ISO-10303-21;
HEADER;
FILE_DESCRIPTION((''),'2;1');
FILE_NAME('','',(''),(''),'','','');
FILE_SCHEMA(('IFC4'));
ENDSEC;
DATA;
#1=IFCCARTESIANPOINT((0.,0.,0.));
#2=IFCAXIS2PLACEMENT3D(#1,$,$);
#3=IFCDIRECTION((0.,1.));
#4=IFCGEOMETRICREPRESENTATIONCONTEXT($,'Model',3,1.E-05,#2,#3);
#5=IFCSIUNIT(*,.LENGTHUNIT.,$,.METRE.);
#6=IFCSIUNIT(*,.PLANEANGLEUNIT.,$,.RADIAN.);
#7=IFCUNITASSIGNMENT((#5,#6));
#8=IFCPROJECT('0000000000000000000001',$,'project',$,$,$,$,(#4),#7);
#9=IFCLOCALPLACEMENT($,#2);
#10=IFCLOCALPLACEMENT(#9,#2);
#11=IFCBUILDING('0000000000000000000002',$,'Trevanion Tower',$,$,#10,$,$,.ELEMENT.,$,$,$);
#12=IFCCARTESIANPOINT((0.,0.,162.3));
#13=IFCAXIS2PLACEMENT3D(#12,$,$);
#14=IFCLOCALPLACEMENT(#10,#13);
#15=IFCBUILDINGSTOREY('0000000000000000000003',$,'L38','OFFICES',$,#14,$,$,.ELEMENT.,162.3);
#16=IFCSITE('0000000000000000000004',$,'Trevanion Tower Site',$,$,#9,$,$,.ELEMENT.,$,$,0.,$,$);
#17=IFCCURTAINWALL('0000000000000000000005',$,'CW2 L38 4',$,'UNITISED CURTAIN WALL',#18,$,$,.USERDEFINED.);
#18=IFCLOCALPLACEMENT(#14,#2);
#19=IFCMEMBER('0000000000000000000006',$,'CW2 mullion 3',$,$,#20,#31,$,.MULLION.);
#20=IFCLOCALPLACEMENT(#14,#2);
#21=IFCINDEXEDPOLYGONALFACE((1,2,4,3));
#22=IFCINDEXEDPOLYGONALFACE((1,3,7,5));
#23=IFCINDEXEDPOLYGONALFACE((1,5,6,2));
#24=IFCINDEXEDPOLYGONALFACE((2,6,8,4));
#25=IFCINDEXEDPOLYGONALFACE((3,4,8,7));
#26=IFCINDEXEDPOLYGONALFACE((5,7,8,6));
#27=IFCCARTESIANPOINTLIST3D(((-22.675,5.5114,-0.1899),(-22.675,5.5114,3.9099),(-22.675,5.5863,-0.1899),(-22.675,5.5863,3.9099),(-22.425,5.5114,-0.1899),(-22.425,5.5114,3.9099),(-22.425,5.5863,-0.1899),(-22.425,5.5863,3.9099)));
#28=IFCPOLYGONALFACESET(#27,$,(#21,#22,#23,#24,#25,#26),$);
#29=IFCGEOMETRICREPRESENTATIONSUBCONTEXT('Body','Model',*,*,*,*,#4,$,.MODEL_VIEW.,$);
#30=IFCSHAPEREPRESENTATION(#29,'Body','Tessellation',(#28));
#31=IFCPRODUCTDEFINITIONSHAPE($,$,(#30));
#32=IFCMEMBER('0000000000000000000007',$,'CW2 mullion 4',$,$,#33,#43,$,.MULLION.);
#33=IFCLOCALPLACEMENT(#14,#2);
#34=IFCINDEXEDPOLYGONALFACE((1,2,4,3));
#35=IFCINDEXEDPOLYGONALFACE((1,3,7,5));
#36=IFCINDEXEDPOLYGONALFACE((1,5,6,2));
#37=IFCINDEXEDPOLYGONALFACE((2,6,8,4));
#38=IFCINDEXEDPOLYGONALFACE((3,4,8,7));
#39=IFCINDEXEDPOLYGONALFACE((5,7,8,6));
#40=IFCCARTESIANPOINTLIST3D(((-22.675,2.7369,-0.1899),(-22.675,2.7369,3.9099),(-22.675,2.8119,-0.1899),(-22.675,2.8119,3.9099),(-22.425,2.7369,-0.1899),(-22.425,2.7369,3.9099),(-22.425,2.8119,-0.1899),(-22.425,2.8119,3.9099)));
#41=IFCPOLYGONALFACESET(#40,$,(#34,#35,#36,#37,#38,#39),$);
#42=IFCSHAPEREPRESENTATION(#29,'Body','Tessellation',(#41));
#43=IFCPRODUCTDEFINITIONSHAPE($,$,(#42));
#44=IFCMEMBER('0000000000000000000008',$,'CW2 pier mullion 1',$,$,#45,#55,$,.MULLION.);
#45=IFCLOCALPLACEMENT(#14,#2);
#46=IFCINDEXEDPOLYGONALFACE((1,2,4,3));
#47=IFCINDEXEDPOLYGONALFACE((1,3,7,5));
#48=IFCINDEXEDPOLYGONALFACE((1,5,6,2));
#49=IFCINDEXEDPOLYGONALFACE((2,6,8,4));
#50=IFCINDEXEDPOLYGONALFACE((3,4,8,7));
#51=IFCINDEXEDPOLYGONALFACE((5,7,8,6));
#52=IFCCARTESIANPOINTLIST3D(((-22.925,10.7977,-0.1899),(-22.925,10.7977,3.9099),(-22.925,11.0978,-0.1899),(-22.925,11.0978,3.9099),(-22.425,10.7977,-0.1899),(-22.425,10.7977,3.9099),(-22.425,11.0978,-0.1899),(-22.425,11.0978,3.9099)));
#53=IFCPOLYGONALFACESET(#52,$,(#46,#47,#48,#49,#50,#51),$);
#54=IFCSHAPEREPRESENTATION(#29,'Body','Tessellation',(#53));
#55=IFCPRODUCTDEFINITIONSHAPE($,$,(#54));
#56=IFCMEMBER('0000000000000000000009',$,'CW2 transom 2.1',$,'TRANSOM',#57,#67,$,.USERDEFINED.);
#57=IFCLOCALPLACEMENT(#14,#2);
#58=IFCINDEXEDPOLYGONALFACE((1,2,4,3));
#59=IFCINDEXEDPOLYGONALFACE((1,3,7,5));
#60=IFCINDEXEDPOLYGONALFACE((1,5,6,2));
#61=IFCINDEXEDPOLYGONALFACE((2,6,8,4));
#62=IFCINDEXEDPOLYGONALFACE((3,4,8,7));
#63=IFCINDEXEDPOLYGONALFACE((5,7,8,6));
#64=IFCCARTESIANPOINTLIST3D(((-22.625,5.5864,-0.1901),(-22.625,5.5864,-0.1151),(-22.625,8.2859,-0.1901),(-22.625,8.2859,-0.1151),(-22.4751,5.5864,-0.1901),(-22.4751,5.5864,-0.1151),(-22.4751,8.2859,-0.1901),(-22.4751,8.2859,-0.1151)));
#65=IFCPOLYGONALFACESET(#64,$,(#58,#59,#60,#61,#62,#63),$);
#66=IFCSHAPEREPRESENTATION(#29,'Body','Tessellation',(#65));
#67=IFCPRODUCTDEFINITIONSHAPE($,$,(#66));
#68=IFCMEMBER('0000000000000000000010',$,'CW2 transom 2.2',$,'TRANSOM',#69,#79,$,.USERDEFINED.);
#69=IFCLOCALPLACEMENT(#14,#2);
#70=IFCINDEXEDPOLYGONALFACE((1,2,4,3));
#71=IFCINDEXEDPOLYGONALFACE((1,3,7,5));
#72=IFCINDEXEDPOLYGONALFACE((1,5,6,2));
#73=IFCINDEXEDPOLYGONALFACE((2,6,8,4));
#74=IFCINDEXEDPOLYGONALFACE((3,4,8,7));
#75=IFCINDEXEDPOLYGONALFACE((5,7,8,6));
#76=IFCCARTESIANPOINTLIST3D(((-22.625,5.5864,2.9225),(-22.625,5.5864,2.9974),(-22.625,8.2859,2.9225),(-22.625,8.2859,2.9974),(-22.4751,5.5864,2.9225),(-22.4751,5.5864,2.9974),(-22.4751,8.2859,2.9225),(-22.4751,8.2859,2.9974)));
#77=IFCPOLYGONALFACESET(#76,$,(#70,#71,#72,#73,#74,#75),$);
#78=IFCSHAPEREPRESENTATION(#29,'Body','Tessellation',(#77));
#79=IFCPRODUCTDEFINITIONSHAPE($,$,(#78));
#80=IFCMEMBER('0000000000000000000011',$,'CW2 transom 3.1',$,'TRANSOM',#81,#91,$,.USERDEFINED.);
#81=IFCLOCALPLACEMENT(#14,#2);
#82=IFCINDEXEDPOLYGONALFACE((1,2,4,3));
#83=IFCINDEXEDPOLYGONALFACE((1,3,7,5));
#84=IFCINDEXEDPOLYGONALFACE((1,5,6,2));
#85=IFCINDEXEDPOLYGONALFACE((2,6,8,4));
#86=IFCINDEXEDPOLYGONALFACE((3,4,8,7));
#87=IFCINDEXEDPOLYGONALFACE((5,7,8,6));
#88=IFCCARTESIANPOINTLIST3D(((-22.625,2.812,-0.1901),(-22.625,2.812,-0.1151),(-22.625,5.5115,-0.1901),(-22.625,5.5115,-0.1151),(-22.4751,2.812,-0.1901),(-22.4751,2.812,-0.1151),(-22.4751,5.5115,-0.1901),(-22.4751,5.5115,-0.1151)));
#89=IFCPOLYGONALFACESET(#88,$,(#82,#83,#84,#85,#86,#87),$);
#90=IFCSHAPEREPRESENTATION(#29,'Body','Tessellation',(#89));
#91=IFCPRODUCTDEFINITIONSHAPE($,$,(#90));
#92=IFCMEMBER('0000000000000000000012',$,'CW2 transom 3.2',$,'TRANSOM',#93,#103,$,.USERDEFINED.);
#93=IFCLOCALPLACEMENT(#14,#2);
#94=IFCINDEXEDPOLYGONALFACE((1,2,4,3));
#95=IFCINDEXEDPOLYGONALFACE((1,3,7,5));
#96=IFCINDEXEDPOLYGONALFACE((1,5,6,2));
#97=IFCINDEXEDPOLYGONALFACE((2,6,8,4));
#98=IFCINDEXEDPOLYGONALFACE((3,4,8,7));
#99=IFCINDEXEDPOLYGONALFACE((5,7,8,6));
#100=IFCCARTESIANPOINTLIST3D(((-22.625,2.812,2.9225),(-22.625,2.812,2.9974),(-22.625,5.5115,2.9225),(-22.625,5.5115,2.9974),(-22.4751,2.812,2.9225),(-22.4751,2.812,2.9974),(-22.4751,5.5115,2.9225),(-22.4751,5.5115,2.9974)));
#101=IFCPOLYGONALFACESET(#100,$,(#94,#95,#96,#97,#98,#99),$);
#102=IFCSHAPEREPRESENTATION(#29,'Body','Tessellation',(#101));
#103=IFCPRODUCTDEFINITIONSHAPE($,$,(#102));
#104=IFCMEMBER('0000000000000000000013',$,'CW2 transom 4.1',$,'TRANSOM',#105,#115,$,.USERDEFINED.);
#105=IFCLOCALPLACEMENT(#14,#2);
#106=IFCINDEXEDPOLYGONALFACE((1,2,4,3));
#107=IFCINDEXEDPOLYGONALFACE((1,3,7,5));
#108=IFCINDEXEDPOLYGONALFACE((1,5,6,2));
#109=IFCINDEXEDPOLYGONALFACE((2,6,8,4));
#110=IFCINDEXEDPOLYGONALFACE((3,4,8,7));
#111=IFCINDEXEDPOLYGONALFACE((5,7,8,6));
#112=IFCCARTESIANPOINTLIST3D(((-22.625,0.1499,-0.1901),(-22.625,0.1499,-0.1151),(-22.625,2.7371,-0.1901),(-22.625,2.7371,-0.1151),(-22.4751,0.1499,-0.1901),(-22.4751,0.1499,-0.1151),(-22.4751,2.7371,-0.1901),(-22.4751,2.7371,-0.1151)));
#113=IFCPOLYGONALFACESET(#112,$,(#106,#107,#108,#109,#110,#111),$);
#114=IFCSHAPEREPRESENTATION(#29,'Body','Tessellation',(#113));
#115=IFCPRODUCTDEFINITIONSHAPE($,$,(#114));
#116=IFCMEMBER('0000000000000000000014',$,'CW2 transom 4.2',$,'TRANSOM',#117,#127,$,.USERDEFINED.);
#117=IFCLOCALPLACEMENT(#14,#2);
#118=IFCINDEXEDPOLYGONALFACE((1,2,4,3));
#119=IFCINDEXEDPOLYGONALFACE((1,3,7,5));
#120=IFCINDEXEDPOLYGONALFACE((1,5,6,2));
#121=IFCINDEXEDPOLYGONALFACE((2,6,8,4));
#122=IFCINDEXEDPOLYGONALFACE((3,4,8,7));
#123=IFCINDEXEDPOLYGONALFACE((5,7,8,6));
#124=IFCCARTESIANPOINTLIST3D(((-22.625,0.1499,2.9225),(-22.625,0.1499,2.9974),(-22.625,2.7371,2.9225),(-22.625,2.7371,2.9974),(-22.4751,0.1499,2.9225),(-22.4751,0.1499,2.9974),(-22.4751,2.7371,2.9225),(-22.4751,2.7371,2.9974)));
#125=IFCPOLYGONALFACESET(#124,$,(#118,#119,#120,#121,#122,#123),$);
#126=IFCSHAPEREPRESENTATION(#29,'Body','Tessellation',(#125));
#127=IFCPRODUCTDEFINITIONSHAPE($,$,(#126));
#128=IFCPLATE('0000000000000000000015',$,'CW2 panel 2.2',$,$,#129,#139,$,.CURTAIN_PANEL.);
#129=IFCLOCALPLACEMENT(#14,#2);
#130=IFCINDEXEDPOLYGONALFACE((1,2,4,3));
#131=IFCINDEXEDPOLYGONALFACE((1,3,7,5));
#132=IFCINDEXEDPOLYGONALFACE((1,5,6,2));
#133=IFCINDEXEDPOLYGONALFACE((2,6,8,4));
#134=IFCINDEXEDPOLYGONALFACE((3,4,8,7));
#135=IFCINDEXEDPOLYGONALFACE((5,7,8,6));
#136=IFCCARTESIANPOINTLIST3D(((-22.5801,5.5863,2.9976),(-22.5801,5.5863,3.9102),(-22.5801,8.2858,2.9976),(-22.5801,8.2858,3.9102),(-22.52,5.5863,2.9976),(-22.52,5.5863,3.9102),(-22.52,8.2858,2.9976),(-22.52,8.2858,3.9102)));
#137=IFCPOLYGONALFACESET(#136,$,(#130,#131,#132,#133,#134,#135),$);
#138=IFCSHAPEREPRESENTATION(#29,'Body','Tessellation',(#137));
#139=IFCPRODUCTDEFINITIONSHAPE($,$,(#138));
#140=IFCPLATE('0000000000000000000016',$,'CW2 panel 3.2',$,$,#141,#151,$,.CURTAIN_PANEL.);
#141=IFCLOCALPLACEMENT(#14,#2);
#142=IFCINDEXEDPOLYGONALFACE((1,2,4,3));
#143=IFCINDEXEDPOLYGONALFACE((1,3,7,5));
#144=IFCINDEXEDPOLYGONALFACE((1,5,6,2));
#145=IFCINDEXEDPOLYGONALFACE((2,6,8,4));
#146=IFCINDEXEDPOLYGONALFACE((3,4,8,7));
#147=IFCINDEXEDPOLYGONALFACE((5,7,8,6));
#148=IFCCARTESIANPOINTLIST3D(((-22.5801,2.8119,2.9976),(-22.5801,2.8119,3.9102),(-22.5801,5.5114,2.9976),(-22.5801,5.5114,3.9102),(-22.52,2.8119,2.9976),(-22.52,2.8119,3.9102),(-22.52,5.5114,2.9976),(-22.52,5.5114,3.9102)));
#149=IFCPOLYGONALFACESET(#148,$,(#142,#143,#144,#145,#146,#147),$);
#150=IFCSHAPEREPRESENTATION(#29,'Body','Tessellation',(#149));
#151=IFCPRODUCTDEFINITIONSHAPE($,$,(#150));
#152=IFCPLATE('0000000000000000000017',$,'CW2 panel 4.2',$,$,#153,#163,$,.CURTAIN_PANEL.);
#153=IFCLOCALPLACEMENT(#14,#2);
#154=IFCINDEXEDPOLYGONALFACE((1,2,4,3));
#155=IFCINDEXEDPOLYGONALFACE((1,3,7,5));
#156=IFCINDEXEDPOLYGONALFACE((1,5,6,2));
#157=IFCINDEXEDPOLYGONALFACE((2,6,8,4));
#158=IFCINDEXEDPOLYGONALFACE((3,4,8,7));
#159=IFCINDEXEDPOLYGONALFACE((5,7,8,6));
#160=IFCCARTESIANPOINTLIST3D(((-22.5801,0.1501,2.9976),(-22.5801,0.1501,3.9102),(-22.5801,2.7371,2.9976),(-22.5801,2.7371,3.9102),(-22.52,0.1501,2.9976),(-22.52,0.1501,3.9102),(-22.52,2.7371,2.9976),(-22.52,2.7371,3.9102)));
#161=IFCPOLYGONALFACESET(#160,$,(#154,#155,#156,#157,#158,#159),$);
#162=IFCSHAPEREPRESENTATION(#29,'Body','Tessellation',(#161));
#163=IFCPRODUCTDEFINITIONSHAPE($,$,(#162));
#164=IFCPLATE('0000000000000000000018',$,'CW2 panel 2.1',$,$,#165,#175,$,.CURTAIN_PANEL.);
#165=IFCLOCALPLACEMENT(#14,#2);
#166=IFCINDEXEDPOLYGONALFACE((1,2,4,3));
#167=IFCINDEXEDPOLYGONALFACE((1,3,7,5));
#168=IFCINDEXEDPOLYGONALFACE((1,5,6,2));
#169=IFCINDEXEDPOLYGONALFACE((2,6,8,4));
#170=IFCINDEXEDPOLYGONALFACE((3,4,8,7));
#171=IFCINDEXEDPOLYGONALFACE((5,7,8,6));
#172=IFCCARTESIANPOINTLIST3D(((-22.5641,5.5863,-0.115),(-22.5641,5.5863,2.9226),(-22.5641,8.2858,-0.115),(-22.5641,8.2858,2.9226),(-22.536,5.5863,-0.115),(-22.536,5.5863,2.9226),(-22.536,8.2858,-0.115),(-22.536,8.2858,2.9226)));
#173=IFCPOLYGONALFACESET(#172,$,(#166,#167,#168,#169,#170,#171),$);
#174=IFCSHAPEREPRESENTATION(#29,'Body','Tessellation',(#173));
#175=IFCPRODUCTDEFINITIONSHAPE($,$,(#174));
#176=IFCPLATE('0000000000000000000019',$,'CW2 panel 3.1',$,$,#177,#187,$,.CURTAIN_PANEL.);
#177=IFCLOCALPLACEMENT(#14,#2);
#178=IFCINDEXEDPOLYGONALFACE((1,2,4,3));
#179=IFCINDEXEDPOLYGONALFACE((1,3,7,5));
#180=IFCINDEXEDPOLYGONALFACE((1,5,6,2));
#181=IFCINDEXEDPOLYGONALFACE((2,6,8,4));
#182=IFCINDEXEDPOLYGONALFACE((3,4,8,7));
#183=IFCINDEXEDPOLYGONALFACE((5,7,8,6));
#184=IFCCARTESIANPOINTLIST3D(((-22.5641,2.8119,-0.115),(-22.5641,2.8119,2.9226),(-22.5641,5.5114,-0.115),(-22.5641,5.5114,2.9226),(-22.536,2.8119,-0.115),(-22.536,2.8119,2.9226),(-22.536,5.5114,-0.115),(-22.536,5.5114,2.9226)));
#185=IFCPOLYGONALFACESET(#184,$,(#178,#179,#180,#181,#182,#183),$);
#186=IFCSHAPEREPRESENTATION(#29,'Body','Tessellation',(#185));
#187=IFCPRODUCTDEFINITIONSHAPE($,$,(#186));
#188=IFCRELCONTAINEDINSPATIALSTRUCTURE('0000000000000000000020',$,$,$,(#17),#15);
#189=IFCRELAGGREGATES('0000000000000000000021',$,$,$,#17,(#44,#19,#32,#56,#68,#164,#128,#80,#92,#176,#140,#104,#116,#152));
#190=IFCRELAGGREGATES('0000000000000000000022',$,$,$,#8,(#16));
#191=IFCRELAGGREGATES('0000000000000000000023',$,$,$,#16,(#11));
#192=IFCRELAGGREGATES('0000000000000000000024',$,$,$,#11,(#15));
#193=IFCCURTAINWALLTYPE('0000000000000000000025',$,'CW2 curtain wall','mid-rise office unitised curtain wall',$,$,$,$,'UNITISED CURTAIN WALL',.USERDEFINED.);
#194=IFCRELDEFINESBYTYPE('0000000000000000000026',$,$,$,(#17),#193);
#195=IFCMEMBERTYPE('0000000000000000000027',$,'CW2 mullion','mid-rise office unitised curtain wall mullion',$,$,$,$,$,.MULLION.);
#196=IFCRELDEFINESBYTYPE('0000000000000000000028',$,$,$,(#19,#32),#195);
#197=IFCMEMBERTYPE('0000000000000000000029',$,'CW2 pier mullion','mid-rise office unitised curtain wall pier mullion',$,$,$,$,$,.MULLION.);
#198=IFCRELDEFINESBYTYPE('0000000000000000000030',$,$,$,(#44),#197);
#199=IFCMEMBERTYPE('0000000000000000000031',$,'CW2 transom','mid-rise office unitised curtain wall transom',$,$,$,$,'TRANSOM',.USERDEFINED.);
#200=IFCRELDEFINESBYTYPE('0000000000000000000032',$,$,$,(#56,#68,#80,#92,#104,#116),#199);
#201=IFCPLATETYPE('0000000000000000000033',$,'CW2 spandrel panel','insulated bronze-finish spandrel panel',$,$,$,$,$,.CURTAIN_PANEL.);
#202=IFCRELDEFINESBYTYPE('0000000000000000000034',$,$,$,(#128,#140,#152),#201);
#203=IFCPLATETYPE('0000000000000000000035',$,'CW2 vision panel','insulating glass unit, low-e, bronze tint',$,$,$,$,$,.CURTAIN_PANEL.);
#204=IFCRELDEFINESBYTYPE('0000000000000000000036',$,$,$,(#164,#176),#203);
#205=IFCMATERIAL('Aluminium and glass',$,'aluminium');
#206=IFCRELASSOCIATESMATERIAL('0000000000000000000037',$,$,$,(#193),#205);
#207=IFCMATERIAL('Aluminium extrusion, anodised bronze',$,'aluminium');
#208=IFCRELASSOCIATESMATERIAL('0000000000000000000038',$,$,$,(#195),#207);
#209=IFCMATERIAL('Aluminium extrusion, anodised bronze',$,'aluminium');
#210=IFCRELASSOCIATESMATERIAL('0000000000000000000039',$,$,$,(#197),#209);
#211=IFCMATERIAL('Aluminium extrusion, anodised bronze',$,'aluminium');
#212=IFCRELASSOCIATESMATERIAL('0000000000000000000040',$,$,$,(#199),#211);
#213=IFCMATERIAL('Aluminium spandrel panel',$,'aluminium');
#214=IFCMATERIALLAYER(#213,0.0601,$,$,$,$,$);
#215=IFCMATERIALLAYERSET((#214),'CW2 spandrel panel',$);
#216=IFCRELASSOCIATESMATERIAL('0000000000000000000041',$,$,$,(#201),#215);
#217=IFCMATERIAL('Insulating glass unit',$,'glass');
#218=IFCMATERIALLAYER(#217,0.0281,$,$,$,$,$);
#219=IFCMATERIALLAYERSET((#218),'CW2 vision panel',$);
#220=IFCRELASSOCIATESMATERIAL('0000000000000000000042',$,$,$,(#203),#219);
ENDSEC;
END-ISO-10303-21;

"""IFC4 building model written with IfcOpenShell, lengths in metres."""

from ifc_helpers import new_model, si_unit, direction, frame, origin, origin_2d, place, context, subcontext, project, spatial, rectangle, extrude, material, layer, layer_set, material_profile, profile_set, type_object, element, aggregate, save


model = new_model("IFC4")

# Units and contexts
model_context = context("Model", 3, precision=1e-05, world=origin(), true_north=direction((0.0, 1.0)))
body_context = subcontext(model_context, "Body", "Model", "MODEL_VIEW")
ifc_project = project(units=[si_unit("LENGTHUNIT", "METRE"), si_unit("PLANEANGLEUNIT", "RADIAN")], contexts=[model_context])

# Site, building, storey
site_placement = place(None, origin())
site = spatial("IfcSite", under=ifc_project, at=site_placement, Name="Trevanion Tower Site", CompositionType="ELEMENT", RefElevation=0.0)
building_placement = place(site_placement, origin())
building = spatial("IfcBuilding", under=site, at=building_placement, Name="Trevanion Tower", CompositionType="ELEMENT")
storey_placement = place(building_placement, frame((0.0, 0.0, 162.3)))
storey = spatial("IfcBuildingStorey", under=building, at=storey_placement, Name="L38", Description="OFFICES", CompositionType="ELEMENT", Elevation=162.3)

# Curtain wall, members, plates
ifc_material_1 = material(Name="Aluminium and glass", Category="aluminium")
curtain_wall_type = type_object("IfcCurtainWallType", Name="CW2 curtain wall", Description="mid-rise office unitised curtain wall", ElementType="UNITISED CURTAIN WALL", PredefinedType="USERDEFINED", material=ifc_material_1)
curtain_wall_placement = place(storey_placement, origin())
curtain_wall = element("IfcCurtainWall", 1, at=curtain_wall_placement, inside=storey, type_object=curtain_wall_type, Name="CW2 L38 4", ObjectType="UNITISED CURTAIN WALL", PredefinedType="USERDEFINED")
ifc_material_2 = material(Name="Aluminium extrusion, anodised bronze", Category="aluminium")
ifc_material_profile_1 = material_profile(ifc_material_2, rectangle(XDim=0.075, YDim=0.25, at=origin_2d()), Name="CW2 mullion")
ifc_profile_set_1 = profile_set([ifc_material_profile_1], Name="Aluminium extrusion, anodised bronze")
member_type_1 = type_object("IfcMemberType", Name="CW2 mullion", Description="mid-rise office unitised curtain wall mullion", PredefinedType="MULLION", material=ifc_profile_set_1)
member_1_placement = place(storey_placement, frame((-22.55, 5.5488, -0.1899), z_axis=(0.0, 0.0, 1.0), x_axis=(0.0, -1.0, 0.0)))
member_1 = element("IfcMember", 2, at=member_1_placement, type_object=member_type_1, Name="CW2 mullion 3", PredefinedType="MULLION", context=body_context, shape_type="SweptSolid", body=[
    extrude(rectangle(XDim=0.075, YDim=0.25, at=origin_2d()), origin(), (0.0, 0.0, 1.0), 4.0999),
])
member_2_placement = place(storey_placement, frame((-22.55, 2.7744, -0.1899), z_axis=(0.0, 0.0, 1.0), x_axis=(0.0, -1.0, 0.0)))
member_2 = element("IfcMember", 3, at=member_2_placement, type_object=member_type_1, Name="CW2 mullion 4", PredefinedType="MULLION", context=body_context, shape_type="SweptSolid", body=[
    extrude(rectangle(XDim=0.075, YDim=0.25, at=origin_2d()), origin(), (0.0, 0.0, 1.0), 4.0999),
])
ifc_material_3 = material(Name="Aluminium extrusion, anodised bronze", Category="aluminium")
ifc_material_profile_2 = material_profile(ifc_material_3, rectangle(XDim=0.3, YDim=0.5, at=origin_2d()), Name="CW2 pier mullion")
ifc_profile_set_2 = profile_set([ifc_material_profile_2], Name="Aluminium extrusion, anodised bronze")
member_type_2 = type_object("IfcMemberType", Name="CW2 pier mullion", Description="mid-rise office unitised curtain wall pier mullion", PredefinedType="MULLION", material=ifc_profile_set_2)
member_3_placement = place(storey_placement, frame((-22.675, 10.9478, -0.1899), z_axis=(0.0, 0.0, 1.0), x_axis=(0.0, -1.0, 0.0)))
member_3 = element("IfcMember", 4, at=member_3_placement, type_object=member_type_2, Name="CW2 pier mullion 1", PredefinedType="MULLION", context=body_context, shape_type="SweptSolid", body=[
    extrude(rectangle(XDim=0.3, YDim=0.5, at=origin_2d()), origin(), (0.0, 0.0, 1.0), 4.0999),
])
ifc_material_4 = material(Name="Aluminium extrusion, anodised bronze", Category="aluminium")
ifc_material_profile_3 = material_profile(ifc_material_4, rectangle(XDim=0.1499, YDim=0.075, at=origin_2d()), Name="CW2 transom")
ifc_profile_set_3 = profile_set([ifc_material_profile_3], Name="Aluminium extrusion, anodised bronze")
member_type_3 = type_object("IfcMemberType", Name="CW2 transom", Description="mid-rise office unitised curtain wall transom", ElementType="TRANSOM", PredefinedType="USERDEFINED", material=ifc_profile_set_3)
member_4_placement = place(storey_placement, frame((-22.55, 8.2859, -0.1526), z_axis=(0.0, -1.0, 0.0), x_axis=(1.0, 0.0, 0.0)))
member_4 = element("IfcMember", 5, at=member_4_placement, type_object=member_type_3, Name="CW2 transom 2.1", ObjectType="TRANSOM", PredefinedType="USERDEFINED", context=body_context, shape_type="SweptSolid", body=[
    extrude(rectangle(XDim=0.1499, YDim=0.075, at=origin_2d()), origin(), (0.0, 0.0, 1.0), 2.6995),
])
member_5_placement = place(storey_placement, frame((-22.55, 8.2859, 2.96), z_axis=(0.0, -1.0, 0.0), x_axis=(1.0, 0.0, 0.0)))
member_5 = element("IfcMember", 6, at=member_5_placement, type_object=member_type_3, Name="CW2 transom 2.2", ObjectType="TRANSOM", PredefinedType="USERDEFINED", context=body_context, shape_type="SweptSolid", body=[
    extrude(rectangle(XDim=0.1499, YDim=0.075, at=origin_2d()), origin(), (0.0, 0.0, 1.0), 2.6995),
])
member_6_placement = place(storey_placement, frame((-22.55, 5.5115, -0.1526), z_axis=(0.0, -1.0, 0.0), x_axis=(1.0, 0.0, 0.0)))
member_6 = element("IfcMember", 7, at=member_6_placement, type_object=member_type_3, Name="CW2 transom 3.1", ObjectType="TRANSOM", PredefinedType="USERDEFINED", context=body_context, shape_type="SweptSolid", body=[
    extrude(rectangle(XDim=0.1499, YDim=0.075, at=origin_2d()), origin(), (0.0, 0.0, 1.0), 2.6995),
])
member_7_placement = place(storey_placement, frame((-22.55, 5.5115, 2.96), z_axis=(0.0, -1.0, 0.0), x_axis=(1.0, 0.0, 0.0)))
member_7 = element("IfcMember", 8, at=member_7_placement, type_object=member_type_3, Name="CW2 transom 3.2", ObjectType="TRANSOM", PredefinedType="USERDEFINED", context=body_context, shape_type="SweptSolid", body=[
    extrude(rectangle(XDim=0.1499, YDim=0.075, at=origin_2d()), origin(), (0.0, 0.0, 1.0), 2.6995),
])
member_8_placement = place(storey_placement, frame((-22.55, 2.7371, -0.1526), z_axis=(0.0, -1.0, 0.0), x_axis=(1.0, 0.0, 0.0)))
member_8 = element("IfcMember", 9, at=member_8_placement, type_object=member_type_3, Name="CW2 transom 4.1", ObjectType="TRANSOM", PredefinedType="USERDEFINED", context=body_context, shape_type="SweptSolid", body=[
    extrude(rectangle(XDim=0.1499, YDim=0.075, at=origin_2d()), origin(), (0.0, 0.0, 1.0), 2.5872),
])
member_9_placement = place(storey_placement, frame((-22.55, 2.7371, 2.96), z_axis=(0.0, -1.0, 0.0), x_axis=(1.0, 0.0, 0.0)))
member_9 = element("IfcMember", 10, at=member_9_placement, type_object=member_type_3, Name="CW2 transom 4.2", ObjectType="TRANSOM", PredefinedType="USERDEFINED", context=body_context, shape_type="SweptSolid", body=[
    extrude(rectangle(XDim=0.1499, YDim=0.075, at=origin_2d()), origin(), (0.0, 0.0, 1.0), 2.5872),
])
ifc_material_5 = material(Name="Aluminium spandrel panel", Category="aluminium")
ifc_layer_1 = layer(ifc_material_5, 0.0601)
ifc_layer_set_1 = layer_set([ifc_layer_1], Name="CW2 spandrel panel")
plate_type_1 = type_object("IfcPlateType", Name="CW2 spandrel panel", Description="insulated bronze-finish spandrel panel", PredefinedType="CURTAIN_PANEL", material=ifc_layer_set_1)
plate_1_placement = place(storey_placement, frame((-22.55, 6.936, 2.9976), z_axis=(0.0, 0.0, 1.0), x_axis=(0.0, -1.0, 0.0)))
plate_1 = element("IfcPlate", 11, at=plate_1_placement, type_object=plate_type_1, Name="CW2 panel 2.2", PredefinedType="CURTAIN_PANEL", context=body_context, shape_type="SweptSolid", body=[
    extrude(rectangle(XDim=2.6995, YDim=0.0601, at=origin_2d()), origin(), (0.0, 0.0, 1.0), 0.9126),
])
plate_2_placement = place(storey_placement, frame((-22.55, 4.1616, 2.9976), z_axis=(0.0, 0.0, 1.0), x_axis=(0.0, -1.0, 0.0)))
plate_2 = element("IfcPlate", 12, at=plate_2_placement, type_object=plate_type_1, Name="CW2 panel 3.2", PredefinedType="CURTAIN_PANEL", context=body_context, shape_type="SweptSolid", body=[
    extrude(rectangle(XDim=2.6995, YDim=0.0601, at=origin_2d()), origin(), (0.0, 0.0, 1.0), 0.9126),
])
plate_3_placement = place(storey_placement, frame((-22.55, 1.4436, 2.9976), z_axis=(0.0, 0.0, 1.0), x_axis=(0.0, -1.0, 0.0)))
plate_3 = element("IfcPlate", 13, at=plate_3_placement, type_object=plate_type_1, Name="CW2 panel 4.2", PredefinedType="CURTAIN_PANEL", context=body_context, shape_type="SweptSolid", body=[
    extrude(rectangle(XDim=2.5869, YDim=0.0601, at=origin_2d()), origin(), (0.0, 0.0, 1.0), 0.9126),
])
ifc_material_6 = material(Name="Insulating glass unit", Category="glass")
ifc_layer_2 = layer(ifc_material_6, 0.0281)
ifc_layer_set_2 = layer_set([ifc_layer_2], Name="CW2 vision panel")
plate_type_2 = type_object("IfcPlateType", Name="CW2 vision panel", Description="insulating glass unit, low-e, bronze tint", PredefinedType="CURTAIN_PANEL", material=ifc_layer_set_2)
plate_4_placement = place(storey_placement, frame((-22.55, 6.936, -0.115), z_axis=(0.0, 0.0, 1.0), x_axis=(0.0, -1.0, 0.0)))
plate_4 = element("IfcPlate", 14, at=plate_4_placement, type_object=plate_type_2, Name="CW2 panel 2.1", PredefinedType="CURTAIN_PANEL", context=body_context, shape_type="SweptSolid", body=[
    extrude(rectangle(XDim=2.6995, YDim=0.0281, at=origin_2d()), origin(), (0.0, 0.0, 1.0), 3.0376),
])
plate_5_placement = place(storey_placement, frame((-22.55, 4.1616, -0.115), z_axis=(0.0, 0.0, 1.0), x_axis=(0.0, -1.0, 0.0)))
plate_5 = element("IfcPlate", 15, at=plate_5_placement, type_object=plate_type_2, Name="CW2 panel 3.1", PredefinedType="CURTAIN_PANEL", context=body_context, shape_type="SweptSolid", body=[
    extrude(rectangle(XDim=2.6995, YDim=0.0281, at=origin_2d()), origin(), (0.0, 0.0, 1.0), 3.0376),
])
aggregate(curtain_wall, [member_3, member_1, member_2, member_4, member_5, plate_4, plate_1, member_6, member_7, plate_5, plate_2, member_8, member_9, plate_3])

save(model, "model.ifc")
